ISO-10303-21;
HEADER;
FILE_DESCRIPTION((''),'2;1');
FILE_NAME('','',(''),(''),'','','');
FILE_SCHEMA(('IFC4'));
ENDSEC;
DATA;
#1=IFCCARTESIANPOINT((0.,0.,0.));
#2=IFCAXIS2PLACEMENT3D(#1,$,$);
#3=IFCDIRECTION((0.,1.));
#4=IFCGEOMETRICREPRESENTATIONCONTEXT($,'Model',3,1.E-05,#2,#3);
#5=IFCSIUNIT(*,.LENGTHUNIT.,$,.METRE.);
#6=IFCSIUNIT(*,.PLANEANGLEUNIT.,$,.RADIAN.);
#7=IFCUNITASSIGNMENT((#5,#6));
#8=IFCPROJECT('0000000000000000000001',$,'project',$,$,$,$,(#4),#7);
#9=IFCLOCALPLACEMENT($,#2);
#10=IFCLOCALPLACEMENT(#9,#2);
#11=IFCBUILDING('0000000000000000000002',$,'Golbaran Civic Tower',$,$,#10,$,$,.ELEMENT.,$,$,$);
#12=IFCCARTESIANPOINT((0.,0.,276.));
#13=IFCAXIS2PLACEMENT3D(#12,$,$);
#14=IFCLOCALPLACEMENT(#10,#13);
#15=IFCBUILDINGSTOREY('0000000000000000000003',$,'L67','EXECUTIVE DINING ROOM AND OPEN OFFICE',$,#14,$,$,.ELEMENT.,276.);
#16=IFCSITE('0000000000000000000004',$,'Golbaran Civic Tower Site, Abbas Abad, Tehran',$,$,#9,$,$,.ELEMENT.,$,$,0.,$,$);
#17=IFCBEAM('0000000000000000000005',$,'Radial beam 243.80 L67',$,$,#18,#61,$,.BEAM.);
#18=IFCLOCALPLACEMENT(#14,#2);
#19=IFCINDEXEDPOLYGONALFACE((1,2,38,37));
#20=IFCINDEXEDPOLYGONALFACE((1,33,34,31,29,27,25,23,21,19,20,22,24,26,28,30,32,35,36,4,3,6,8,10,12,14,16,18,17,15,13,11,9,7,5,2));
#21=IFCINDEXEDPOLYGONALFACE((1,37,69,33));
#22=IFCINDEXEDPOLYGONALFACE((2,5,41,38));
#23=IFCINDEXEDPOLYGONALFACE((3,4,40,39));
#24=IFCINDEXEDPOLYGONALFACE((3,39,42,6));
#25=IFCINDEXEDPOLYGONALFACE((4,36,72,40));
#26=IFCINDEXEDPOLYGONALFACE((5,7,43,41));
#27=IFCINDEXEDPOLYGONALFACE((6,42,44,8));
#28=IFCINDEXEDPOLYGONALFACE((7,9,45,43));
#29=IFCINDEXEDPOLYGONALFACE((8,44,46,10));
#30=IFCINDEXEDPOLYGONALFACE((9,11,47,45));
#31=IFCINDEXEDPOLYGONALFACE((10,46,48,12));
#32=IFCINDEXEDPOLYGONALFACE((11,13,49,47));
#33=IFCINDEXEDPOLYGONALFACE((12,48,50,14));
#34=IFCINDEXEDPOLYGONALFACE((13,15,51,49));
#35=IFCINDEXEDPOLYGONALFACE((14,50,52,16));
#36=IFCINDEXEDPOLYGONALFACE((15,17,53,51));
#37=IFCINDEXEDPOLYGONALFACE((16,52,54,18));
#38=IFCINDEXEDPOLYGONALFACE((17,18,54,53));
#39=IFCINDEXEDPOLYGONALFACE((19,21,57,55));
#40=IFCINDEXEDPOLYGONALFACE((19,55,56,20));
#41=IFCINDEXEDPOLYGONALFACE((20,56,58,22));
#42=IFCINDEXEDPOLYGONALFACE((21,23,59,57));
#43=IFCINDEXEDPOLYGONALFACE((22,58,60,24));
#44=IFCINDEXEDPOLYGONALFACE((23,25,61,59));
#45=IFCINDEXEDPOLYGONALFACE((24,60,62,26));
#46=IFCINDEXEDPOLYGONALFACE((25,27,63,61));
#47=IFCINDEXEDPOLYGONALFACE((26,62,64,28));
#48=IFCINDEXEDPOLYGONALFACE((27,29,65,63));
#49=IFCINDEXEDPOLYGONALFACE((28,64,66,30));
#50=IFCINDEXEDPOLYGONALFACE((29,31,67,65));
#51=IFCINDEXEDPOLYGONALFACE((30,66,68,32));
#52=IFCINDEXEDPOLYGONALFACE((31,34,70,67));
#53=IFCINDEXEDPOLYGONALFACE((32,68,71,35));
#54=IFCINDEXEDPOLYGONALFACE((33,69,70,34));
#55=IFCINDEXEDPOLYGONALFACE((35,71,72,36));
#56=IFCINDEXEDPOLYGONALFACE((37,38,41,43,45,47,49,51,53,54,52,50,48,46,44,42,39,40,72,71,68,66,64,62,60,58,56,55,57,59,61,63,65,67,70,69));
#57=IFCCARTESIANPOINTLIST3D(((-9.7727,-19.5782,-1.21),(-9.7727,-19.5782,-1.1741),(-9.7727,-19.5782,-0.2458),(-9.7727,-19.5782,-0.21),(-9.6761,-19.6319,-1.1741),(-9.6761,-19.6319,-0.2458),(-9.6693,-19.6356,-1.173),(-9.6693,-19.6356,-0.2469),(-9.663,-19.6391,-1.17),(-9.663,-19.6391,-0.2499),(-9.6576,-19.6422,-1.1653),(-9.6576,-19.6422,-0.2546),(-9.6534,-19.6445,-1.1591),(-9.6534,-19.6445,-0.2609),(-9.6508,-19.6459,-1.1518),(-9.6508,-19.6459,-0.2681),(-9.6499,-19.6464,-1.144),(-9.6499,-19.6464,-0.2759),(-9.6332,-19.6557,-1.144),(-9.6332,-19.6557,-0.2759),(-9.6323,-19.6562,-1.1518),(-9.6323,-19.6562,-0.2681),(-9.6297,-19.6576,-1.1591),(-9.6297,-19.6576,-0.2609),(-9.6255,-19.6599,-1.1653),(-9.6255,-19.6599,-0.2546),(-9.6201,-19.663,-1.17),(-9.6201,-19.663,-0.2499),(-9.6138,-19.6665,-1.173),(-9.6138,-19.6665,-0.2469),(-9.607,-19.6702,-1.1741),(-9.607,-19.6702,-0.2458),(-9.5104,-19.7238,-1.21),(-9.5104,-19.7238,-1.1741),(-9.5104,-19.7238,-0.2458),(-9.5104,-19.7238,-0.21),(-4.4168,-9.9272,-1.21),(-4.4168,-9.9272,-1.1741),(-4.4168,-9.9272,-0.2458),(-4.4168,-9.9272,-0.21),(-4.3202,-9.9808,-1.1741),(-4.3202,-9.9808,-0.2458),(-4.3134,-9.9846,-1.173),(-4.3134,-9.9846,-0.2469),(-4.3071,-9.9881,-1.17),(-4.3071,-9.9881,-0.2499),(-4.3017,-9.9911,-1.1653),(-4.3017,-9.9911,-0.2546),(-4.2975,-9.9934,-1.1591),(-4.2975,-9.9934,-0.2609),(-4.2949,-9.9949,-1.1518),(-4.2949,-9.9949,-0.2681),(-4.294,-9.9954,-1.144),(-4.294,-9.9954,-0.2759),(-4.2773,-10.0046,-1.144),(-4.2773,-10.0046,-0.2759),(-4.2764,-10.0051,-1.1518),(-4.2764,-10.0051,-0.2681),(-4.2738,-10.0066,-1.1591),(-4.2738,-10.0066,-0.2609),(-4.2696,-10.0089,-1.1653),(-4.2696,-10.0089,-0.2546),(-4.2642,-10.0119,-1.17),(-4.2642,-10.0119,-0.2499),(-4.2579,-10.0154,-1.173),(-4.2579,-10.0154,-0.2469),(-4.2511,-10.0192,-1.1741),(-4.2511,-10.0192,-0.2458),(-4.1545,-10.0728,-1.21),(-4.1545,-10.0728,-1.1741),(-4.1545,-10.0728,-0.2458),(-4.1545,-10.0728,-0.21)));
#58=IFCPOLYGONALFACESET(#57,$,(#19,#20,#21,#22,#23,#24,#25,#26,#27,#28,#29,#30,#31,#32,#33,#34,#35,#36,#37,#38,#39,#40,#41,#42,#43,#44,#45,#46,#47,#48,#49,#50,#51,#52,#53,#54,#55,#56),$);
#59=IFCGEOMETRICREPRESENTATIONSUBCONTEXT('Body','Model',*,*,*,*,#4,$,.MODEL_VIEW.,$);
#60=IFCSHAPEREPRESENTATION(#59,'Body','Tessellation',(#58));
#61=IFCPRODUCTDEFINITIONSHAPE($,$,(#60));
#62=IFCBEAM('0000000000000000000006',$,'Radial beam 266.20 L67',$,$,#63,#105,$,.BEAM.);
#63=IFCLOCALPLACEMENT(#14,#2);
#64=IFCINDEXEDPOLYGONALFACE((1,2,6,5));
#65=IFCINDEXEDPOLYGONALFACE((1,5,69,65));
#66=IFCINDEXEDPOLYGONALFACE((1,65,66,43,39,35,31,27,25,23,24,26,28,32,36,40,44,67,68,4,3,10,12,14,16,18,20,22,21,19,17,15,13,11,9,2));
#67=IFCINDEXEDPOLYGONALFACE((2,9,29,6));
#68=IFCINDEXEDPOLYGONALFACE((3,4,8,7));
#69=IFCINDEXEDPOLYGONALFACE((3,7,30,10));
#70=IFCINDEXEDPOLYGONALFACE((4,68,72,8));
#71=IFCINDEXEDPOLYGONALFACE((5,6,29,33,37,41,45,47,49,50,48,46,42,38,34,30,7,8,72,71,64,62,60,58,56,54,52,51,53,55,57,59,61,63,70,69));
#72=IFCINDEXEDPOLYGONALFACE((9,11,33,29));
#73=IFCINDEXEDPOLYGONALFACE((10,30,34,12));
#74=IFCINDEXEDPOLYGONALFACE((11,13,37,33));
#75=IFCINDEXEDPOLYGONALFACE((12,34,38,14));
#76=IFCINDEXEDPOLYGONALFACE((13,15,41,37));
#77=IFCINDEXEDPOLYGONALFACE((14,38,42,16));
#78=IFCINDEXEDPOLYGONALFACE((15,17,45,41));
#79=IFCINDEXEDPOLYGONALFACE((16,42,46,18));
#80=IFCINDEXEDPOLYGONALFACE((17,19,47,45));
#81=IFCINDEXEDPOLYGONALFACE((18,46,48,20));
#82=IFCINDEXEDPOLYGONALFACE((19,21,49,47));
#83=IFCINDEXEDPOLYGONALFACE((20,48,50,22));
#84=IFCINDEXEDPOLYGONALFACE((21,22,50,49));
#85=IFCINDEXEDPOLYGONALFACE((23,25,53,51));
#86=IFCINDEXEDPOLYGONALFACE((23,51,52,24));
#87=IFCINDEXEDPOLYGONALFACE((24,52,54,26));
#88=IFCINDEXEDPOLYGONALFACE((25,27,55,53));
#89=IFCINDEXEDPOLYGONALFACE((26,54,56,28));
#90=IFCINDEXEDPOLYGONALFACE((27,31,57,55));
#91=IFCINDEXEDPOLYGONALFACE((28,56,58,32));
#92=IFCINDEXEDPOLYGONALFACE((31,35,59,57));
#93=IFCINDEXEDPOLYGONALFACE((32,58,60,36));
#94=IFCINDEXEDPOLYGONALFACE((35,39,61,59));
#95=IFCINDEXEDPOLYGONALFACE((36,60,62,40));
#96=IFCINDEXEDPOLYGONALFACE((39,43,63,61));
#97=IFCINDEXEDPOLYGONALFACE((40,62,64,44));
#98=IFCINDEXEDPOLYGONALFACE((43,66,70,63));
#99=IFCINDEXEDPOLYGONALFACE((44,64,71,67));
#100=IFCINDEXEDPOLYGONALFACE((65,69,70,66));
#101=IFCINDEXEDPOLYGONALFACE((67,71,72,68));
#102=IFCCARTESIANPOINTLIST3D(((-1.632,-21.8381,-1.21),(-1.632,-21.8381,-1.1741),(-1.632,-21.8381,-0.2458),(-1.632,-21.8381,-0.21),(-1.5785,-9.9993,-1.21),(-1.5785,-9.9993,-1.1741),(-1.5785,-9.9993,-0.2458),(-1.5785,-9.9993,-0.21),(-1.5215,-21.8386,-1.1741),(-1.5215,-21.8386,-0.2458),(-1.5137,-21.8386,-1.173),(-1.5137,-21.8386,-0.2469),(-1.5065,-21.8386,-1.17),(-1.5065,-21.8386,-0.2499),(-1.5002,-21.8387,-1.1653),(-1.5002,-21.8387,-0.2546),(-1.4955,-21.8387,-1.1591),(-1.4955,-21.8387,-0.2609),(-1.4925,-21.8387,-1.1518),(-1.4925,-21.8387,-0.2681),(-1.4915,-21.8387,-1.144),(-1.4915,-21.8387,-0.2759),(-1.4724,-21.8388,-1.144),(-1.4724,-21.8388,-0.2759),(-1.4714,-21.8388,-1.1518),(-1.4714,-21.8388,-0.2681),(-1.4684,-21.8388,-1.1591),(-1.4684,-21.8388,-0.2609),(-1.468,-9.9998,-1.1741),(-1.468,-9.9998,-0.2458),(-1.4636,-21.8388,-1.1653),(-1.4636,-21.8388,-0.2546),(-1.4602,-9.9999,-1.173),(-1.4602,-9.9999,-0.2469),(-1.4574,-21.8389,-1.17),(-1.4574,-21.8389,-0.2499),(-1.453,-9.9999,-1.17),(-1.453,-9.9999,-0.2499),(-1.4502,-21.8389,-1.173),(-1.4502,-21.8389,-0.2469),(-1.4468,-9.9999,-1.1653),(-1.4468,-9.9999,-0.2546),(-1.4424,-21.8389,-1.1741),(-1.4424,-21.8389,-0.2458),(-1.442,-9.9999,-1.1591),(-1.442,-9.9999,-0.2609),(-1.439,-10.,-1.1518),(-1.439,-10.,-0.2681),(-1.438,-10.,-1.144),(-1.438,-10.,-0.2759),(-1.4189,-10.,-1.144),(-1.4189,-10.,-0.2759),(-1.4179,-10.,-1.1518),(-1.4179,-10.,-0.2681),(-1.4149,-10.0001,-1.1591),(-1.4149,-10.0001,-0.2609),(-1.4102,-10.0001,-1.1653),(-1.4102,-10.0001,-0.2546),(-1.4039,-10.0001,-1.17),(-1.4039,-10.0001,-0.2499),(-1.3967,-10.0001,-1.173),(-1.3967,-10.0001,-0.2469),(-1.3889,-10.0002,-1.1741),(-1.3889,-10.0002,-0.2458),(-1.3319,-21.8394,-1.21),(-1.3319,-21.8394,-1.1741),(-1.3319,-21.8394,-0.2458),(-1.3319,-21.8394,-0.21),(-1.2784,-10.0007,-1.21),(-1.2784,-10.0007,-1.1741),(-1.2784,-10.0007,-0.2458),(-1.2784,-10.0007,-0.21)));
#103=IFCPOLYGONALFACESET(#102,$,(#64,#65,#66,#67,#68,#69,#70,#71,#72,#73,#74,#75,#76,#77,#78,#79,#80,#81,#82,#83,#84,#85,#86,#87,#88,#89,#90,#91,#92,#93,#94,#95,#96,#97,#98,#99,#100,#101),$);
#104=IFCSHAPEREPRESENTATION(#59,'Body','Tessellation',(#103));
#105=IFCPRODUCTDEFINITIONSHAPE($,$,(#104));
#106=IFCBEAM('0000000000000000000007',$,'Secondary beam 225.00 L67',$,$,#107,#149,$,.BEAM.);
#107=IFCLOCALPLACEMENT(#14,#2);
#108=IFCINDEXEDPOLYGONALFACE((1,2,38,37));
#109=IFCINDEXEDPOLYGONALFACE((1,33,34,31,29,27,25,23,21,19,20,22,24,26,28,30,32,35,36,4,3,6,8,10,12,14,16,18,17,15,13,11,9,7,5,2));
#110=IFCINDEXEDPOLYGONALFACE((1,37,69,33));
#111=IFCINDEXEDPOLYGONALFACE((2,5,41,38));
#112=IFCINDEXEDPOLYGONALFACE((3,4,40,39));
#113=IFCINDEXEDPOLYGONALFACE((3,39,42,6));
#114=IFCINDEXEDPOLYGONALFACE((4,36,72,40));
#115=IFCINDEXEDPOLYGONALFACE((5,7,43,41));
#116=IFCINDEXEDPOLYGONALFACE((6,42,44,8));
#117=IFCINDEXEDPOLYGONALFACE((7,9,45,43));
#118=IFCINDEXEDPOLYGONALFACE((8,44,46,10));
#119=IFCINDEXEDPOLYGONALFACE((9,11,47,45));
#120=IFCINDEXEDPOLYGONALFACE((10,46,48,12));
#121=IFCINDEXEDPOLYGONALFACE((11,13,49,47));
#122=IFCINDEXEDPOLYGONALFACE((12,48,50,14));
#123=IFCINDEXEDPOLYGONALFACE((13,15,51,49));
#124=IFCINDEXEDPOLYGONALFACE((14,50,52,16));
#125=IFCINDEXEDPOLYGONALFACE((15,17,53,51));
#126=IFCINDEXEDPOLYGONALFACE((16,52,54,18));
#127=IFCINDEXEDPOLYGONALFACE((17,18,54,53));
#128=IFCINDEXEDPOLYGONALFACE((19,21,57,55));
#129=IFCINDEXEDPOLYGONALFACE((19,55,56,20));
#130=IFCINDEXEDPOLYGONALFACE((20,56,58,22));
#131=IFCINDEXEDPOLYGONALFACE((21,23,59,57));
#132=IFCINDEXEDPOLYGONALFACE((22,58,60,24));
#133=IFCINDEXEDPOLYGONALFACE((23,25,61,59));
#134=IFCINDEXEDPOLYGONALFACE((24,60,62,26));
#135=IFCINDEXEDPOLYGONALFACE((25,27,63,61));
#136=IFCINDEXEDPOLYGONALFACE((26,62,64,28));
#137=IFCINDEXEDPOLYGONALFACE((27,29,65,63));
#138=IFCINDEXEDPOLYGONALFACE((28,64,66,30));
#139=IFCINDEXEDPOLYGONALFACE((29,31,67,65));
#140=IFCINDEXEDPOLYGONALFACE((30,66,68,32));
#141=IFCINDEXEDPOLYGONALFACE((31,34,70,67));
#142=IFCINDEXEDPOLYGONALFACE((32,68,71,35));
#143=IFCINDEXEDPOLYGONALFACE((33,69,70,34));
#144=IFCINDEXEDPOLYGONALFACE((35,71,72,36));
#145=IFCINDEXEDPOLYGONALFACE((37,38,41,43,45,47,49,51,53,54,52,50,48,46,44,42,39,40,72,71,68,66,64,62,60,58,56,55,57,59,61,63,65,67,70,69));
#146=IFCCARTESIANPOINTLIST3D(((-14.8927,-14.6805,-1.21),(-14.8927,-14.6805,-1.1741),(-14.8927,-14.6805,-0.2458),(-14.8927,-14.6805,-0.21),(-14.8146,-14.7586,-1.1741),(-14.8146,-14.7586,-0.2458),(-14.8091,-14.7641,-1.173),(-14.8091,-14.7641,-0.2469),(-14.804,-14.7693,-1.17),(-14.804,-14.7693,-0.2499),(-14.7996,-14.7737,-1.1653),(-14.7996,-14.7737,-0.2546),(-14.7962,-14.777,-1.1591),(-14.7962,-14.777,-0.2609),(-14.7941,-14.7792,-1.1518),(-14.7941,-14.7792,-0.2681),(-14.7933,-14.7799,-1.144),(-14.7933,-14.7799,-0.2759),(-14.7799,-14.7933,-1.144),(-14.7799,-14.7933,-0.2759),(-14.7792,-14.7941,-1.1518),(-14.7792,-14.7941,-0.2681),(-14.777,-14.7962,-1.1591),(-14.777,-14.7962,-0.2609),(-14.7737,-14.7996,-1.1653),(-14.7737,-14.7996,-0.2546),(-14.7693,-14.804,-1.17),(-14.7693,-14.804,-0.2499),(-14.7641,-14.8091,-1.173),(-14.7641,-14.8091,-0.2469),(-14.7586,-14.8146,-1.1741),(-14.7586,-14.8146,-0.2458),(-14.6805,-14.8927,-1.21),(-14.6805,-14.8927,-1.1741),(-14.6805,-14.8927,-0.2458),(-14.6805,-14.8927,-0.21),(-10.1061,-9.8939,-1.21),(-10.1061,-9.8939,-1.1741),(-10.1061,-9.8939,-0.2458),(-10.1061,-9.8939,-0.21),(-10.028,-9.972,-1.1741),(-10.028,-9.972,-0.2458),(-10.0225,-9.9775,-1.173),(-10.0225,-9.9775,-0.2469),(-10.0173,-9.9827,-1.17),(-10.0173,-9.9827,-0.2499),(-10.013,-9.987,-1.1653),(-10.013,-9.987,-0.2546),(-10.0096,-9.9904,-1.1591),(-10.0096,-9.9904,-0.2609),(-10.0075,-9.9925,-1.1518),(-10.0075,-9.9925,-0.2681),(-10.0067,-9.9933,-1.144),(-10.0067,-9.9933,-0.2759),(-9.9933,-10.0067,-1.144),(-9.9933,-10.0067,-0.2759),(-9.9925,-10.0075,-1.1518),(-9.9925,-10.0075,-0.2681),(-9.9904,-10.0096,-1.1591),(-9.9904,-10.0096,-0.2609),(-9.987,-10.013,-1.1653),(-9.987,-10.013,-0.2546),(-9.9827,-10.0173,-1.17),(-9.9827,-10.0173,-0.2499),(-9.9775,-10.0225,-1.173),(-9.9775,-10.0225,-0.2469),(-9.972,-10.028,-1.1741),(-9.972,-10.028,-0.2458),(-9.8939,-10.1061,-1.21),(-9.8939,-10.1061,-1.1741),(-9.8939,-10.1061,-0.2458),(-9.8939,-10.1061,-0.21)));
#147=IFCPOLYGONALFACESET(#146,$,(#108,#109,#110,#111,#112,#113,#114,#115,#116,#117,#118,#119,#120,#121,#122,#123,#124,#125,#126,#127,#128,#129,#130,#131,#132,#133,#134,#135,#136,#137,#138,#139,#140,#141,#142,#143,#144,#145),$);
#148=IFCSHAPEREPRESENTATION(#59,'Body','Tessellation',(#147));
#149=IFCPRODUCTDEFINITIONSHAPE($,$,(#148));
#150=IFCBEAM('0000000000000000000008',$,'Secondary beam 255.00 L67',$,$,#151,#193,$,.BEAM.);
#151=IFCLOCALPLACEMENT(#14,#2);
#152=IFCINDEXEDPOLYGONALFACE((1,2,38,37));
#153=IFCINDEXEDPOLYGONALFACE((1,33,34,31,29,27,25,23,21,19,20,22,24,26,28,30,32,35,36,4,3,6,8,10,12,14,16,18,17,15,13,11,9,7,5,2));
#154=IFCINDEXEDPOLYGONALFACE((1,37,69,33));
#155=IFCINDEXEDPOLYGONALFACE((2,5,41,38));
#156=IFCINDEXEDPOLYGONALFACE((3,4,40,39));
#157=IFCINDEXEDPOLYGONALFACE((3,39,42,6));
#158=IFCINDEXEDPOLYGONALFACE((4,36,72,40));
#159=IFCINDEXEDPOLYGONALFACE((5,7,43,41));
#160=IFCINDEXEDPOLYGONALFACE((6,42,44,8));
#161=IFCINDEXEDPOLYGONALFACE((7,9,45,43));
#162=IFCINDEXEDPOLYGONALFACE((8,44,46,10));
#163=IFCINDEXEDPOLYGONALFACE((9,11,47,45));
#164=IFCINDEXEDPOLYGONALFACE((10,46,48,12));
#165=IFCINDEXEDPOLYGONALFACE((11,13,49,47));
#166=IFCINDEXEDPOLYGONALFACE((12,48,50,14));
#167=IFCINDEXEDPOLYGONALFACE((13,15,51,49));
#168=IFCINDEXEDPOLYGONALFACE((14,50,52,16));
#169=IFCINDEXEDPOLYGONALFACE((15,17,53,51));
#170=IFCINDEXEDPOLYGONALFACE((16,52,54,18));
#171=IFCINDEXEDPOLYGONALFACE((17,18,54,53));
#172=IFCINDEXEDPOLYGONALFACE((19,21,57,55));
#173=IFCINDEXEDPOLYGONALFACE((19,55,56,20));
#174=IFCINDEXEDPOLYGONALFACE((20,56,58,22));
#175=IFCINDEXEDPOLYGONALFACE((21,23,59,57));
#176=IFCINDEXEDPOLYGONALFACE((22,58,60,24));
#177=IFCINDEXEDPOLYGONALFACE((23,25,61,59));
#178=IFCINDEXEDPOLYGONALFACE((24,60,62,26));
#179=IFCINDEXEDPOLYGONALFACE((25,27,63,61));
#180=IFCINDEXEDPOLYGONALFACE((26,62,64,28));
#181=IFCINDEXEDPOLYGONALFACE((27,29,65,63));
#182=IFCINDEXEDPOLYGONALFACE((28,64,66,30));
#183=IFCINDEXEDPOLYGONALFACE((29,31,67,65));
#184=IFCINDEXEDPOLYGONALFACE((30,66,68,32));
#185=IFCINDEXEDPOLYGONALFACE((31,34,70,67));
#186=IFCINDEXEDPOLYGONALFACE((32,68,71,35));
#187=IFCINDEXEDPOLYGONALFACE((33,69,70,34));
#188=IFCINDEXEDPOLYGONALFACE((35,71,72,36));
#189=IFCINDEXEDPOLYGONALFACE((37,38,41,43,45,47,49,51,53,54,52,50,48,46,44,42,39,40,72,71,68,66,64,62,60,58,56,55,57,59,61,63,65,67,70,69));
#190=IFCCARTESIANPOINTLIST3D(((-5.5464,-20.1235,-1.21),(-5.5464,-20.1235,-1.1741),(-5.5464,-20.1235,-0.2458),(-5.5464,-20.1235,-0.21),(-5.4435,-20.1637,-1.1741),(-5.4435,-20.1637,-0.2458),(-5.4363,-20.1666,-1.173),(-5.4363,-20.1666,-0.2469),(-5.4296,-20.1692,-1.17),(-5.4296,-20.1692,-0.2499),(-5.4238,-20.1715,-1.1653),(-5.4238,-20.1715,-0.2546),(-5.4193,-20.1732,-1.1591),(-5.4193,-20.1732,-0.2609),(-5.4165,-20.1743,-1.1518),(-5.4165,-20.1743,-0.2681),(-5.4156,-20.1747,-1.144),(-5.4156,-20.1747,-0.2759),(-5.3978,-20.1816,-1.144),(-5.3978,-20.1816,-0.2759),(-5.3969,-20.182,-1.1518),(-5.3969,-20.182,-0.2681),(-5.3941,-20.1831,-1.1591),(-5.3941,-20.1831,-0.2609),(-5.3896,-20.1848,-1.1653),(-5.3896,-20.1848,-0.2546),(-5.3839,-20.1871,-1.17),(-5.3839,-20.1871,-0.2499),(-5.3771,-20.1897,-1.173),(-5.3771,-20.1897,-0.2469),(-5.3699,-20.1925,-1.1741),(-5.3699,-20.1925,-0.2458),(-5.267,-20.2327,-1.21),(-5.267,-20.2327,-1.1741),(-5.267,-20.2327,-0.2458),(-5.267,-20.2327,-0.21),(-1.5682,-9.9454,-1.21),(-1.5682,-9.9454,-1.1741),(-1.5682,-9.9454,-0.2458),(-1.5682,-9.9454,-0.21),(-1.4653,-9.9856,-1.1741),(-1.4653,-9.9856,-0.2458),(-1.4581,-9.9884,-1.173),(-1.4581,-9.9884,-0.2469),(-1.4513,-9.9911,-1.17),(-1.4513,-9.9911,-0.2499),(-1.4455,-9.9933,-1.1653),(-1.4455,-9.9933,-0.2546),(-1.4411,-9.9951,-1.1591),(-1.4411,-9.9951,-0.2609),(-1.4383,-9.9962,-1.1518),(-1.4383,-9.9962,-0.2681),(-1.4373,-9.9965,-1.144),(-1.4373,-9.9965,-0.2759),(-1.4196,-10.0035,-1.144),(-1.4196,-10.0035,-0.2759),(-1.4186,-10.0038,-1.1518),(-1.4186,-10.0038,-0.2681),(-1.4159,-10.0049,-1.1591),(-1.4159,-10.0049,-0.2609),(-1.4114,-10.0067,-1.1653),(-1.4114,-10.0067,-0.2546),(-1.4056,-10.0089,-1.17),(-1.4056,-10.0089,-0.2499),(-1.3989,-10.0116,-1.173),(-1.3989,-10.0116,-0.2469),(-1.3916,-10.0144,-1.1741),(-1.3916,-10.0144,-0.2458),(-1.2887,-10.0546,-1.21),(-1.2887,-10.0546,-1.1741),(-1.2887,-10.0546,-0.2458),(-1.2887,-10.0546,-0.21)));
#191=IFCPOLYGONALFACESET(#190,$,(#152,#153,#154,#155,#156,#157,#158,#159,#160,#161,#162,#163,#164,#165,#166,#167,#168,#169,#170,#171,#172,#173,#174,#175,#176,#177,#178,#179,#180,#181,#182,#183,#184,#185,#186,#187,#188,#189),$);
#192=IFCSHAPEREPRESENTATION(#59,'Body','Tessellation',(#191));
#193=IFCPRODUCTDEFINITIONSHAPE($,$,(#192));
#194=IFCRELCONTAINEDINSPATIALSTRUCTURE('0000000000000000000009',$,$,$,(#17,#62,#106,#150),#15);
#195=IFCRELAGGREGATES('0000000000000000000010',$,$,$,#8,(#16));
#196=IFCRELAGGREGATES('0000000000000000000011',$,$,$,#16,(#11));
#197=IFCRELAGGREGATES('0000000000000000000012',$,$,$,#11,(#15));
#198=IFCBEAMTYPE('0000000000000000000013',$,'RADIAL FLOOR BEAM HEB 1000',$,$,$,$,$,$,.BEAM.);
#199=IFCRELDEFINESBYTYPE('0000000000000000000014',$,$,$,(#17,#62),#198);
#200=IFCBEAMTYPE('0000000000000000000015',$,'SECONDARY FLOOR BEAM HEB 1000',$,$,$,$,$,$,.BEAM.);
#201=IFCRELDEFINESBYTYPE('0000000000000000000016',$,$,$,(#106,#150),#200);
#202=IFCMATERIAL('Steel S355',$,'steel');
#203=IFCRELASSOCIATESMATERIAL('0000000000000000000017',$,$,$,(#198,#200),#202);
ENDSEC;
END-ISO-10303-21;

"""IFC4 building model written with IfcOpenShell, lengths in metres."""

from ifc_helpers import new_model, si_unit, direction, frame, origin, origin_2d, place, context, subcontext, project, spatial, i_section, extrude, material, material_profile, profile_set, type_object, element, save


model = new_model("IFC4")

# Units and contexts
model_context = context("Model", 3, precision=1e-05, world=origin(), true_north=direction((0.0, 1.0)))
body_context = subcontext(model_context, "Body", "Model", "MODEL_VIEW")
ifc_project = project(units=[si_unit("LENGTHUNIT", "METRE"), si_unit("PLANEANGLEUNIT", "RADIAN")], contexts=[model_context])

# Site, building, storey
site_placement = place(None, origin())
site = spatial("IfcSite", under=ifc_project, at=site_placement, Name="Golbaran Civic Tower Site, Abbas Abad, Tehran", CompositionType="ELEMENT", RefElevation=0.0)
building_placement = place(site_placement, origin())
building = spatial("IfcBuilding", under=site, at=building_placement, Name="Golbaran Civic Tower", CompositionType="ELEMENT")
storey_placement = place(building_placement, frame((0.0, 0.0, 276.0)))
storey = spatial("IfcBuildingStorey", under=building, at=storey_placement, Name="L67", Description="EXECUTIVE DINING ROOM AND OPEN OFFICE", CompositionType="ELEMENT", Elevation=276.0)

# Beams
ifc_material_1 = material(Name="Steel S355", Category="steel")
ifc_material_profile_1 = material_profile(ifc_material_1, i_section(OverallWidth=0.3, OverallDepth=1.0, WebThickness=0.019, FlangeThickness=0.0359, FilletRadius=0.03, at=origin_2d()), Name="HEB 1000")
ifc_profile_set_1 = profile_set([ifc_material_profile_1], Name="Steel S355")
beam_type_1 = type_object("IfcBeamType", Name="RADIAL FLOOR BEAM HEB 1000", PredefinedType="BEAM", material=ifc_profile_set_1)
beam_1_placement = place(storey_placement, frame((-4.2856, -10.0, -0.71), z_axis=(-0.485243, -0.874379, 0.0), x_axis=(0.874379, -0.485243, 0.0)))
element("IfcBeam", 1, at=beam_1_placement, inside=storey, type_object=beam_type_1, Name="Radial beam 243.80 L67", PredefinedType="BEAM", context=body_context, shape_type="SweptSolid", body=[
    extrude(i_section(OverallWidth=0.3, OverallDepth=1.0, WebThickness=0.019, FlangeThickness=0.0359, FilletRadius=0.03, at=origin_2d()), origin(), (0.0, 0.0, 1.0), 11.0376),
])
beam_2_placement = place(storey_placement, frame((-1.4285, -10.0, -0.71), z_axis=(-0.004516, -0.99999, 0.0), x_axis=(0.99999, -0.004516, 0.0)))
element("IfcBeam", 2, at=beam_2_placement, inside=storey, type_object=beam_type_1, Name="Radial beam 266.20 L67", PredefinedType="BEAM", context=body_context, shape_type="SweptSolid", body=[
    extrude(i_section(OverallWidth=0.3, OverallDepth=1.0, WebThickness=0.019, FlangeThickness=0.0359, FilletRadius=0.03, at=origin_2d()), origin(), (0.0, 0.0, 1.0), 11.8389),
])
ifc_material_profile_2 = material_profile(ifc_material_1, i_section(OverallWidth=0.3, OverallDepth=1.0, WebThickness=0.019, FlangeThickness=0.0359, FilletRadius=0.03, at=origin_2d()), Name="HEB 1000")
ifc_profile_set_2 = profile_set([ifc_material_profile_2], Name="Steel S355")
beam_type_2 = type_object("IfcBeamType", Name="SECONDARY FLOOR BEAM HEB 1000", PredefinedType="BEAM", material=ifc_profile_set_2)
beam_3_placement = place(storey_placement, frame((-10.0, -10.0, -0.71), z_axis=(-0.707107, -0.707107, 0.0), x_axis=(0.707107, -0.707107, 0.0)))
element("IfcBeam", 3, at=beam_3_placement, inside=storey, type_object=beam_type_2, Name="Secondary beam 225.00 L67", PredefinedType="BEAM", context=body_context, shape_type="SweptSolid", body=[
    extrude(i_section(OverallWidth=0.3, OverallDepth=1.0, WebThickness=0.019, FlangeThickness=0.0359, FilletRadius=0.03, at=origin_2d()), origin(), (0.0, 0.0, 1.0), 6.7693),
])
beam_4_placement = place(storey_placement, frame((-1.4285, -10.0, -0.71), z_axis=(-0.364041, -0.931383, 0.0), x_axis=(0.931383, -0.364041, 0.0)))
element("IfcBeam", 4, at=beam_4_placement, inside=storey, type_object=beam_type_2, Name="Secondary beam 255.00 L67", PredefinedType="BEAM", context=body_context, shape_type="SweptSolid", body=[
    extrude(i_section(OverallWidth=0.3, OverallDepth=1.0, WebThickness=0.019, FlangeThickness=0.0359, FilletRadius=0.03, at=origin_2d()), origin(), (0.0, 0.0, 1.0), 10.928),
])

save(model, "model.ifc")
